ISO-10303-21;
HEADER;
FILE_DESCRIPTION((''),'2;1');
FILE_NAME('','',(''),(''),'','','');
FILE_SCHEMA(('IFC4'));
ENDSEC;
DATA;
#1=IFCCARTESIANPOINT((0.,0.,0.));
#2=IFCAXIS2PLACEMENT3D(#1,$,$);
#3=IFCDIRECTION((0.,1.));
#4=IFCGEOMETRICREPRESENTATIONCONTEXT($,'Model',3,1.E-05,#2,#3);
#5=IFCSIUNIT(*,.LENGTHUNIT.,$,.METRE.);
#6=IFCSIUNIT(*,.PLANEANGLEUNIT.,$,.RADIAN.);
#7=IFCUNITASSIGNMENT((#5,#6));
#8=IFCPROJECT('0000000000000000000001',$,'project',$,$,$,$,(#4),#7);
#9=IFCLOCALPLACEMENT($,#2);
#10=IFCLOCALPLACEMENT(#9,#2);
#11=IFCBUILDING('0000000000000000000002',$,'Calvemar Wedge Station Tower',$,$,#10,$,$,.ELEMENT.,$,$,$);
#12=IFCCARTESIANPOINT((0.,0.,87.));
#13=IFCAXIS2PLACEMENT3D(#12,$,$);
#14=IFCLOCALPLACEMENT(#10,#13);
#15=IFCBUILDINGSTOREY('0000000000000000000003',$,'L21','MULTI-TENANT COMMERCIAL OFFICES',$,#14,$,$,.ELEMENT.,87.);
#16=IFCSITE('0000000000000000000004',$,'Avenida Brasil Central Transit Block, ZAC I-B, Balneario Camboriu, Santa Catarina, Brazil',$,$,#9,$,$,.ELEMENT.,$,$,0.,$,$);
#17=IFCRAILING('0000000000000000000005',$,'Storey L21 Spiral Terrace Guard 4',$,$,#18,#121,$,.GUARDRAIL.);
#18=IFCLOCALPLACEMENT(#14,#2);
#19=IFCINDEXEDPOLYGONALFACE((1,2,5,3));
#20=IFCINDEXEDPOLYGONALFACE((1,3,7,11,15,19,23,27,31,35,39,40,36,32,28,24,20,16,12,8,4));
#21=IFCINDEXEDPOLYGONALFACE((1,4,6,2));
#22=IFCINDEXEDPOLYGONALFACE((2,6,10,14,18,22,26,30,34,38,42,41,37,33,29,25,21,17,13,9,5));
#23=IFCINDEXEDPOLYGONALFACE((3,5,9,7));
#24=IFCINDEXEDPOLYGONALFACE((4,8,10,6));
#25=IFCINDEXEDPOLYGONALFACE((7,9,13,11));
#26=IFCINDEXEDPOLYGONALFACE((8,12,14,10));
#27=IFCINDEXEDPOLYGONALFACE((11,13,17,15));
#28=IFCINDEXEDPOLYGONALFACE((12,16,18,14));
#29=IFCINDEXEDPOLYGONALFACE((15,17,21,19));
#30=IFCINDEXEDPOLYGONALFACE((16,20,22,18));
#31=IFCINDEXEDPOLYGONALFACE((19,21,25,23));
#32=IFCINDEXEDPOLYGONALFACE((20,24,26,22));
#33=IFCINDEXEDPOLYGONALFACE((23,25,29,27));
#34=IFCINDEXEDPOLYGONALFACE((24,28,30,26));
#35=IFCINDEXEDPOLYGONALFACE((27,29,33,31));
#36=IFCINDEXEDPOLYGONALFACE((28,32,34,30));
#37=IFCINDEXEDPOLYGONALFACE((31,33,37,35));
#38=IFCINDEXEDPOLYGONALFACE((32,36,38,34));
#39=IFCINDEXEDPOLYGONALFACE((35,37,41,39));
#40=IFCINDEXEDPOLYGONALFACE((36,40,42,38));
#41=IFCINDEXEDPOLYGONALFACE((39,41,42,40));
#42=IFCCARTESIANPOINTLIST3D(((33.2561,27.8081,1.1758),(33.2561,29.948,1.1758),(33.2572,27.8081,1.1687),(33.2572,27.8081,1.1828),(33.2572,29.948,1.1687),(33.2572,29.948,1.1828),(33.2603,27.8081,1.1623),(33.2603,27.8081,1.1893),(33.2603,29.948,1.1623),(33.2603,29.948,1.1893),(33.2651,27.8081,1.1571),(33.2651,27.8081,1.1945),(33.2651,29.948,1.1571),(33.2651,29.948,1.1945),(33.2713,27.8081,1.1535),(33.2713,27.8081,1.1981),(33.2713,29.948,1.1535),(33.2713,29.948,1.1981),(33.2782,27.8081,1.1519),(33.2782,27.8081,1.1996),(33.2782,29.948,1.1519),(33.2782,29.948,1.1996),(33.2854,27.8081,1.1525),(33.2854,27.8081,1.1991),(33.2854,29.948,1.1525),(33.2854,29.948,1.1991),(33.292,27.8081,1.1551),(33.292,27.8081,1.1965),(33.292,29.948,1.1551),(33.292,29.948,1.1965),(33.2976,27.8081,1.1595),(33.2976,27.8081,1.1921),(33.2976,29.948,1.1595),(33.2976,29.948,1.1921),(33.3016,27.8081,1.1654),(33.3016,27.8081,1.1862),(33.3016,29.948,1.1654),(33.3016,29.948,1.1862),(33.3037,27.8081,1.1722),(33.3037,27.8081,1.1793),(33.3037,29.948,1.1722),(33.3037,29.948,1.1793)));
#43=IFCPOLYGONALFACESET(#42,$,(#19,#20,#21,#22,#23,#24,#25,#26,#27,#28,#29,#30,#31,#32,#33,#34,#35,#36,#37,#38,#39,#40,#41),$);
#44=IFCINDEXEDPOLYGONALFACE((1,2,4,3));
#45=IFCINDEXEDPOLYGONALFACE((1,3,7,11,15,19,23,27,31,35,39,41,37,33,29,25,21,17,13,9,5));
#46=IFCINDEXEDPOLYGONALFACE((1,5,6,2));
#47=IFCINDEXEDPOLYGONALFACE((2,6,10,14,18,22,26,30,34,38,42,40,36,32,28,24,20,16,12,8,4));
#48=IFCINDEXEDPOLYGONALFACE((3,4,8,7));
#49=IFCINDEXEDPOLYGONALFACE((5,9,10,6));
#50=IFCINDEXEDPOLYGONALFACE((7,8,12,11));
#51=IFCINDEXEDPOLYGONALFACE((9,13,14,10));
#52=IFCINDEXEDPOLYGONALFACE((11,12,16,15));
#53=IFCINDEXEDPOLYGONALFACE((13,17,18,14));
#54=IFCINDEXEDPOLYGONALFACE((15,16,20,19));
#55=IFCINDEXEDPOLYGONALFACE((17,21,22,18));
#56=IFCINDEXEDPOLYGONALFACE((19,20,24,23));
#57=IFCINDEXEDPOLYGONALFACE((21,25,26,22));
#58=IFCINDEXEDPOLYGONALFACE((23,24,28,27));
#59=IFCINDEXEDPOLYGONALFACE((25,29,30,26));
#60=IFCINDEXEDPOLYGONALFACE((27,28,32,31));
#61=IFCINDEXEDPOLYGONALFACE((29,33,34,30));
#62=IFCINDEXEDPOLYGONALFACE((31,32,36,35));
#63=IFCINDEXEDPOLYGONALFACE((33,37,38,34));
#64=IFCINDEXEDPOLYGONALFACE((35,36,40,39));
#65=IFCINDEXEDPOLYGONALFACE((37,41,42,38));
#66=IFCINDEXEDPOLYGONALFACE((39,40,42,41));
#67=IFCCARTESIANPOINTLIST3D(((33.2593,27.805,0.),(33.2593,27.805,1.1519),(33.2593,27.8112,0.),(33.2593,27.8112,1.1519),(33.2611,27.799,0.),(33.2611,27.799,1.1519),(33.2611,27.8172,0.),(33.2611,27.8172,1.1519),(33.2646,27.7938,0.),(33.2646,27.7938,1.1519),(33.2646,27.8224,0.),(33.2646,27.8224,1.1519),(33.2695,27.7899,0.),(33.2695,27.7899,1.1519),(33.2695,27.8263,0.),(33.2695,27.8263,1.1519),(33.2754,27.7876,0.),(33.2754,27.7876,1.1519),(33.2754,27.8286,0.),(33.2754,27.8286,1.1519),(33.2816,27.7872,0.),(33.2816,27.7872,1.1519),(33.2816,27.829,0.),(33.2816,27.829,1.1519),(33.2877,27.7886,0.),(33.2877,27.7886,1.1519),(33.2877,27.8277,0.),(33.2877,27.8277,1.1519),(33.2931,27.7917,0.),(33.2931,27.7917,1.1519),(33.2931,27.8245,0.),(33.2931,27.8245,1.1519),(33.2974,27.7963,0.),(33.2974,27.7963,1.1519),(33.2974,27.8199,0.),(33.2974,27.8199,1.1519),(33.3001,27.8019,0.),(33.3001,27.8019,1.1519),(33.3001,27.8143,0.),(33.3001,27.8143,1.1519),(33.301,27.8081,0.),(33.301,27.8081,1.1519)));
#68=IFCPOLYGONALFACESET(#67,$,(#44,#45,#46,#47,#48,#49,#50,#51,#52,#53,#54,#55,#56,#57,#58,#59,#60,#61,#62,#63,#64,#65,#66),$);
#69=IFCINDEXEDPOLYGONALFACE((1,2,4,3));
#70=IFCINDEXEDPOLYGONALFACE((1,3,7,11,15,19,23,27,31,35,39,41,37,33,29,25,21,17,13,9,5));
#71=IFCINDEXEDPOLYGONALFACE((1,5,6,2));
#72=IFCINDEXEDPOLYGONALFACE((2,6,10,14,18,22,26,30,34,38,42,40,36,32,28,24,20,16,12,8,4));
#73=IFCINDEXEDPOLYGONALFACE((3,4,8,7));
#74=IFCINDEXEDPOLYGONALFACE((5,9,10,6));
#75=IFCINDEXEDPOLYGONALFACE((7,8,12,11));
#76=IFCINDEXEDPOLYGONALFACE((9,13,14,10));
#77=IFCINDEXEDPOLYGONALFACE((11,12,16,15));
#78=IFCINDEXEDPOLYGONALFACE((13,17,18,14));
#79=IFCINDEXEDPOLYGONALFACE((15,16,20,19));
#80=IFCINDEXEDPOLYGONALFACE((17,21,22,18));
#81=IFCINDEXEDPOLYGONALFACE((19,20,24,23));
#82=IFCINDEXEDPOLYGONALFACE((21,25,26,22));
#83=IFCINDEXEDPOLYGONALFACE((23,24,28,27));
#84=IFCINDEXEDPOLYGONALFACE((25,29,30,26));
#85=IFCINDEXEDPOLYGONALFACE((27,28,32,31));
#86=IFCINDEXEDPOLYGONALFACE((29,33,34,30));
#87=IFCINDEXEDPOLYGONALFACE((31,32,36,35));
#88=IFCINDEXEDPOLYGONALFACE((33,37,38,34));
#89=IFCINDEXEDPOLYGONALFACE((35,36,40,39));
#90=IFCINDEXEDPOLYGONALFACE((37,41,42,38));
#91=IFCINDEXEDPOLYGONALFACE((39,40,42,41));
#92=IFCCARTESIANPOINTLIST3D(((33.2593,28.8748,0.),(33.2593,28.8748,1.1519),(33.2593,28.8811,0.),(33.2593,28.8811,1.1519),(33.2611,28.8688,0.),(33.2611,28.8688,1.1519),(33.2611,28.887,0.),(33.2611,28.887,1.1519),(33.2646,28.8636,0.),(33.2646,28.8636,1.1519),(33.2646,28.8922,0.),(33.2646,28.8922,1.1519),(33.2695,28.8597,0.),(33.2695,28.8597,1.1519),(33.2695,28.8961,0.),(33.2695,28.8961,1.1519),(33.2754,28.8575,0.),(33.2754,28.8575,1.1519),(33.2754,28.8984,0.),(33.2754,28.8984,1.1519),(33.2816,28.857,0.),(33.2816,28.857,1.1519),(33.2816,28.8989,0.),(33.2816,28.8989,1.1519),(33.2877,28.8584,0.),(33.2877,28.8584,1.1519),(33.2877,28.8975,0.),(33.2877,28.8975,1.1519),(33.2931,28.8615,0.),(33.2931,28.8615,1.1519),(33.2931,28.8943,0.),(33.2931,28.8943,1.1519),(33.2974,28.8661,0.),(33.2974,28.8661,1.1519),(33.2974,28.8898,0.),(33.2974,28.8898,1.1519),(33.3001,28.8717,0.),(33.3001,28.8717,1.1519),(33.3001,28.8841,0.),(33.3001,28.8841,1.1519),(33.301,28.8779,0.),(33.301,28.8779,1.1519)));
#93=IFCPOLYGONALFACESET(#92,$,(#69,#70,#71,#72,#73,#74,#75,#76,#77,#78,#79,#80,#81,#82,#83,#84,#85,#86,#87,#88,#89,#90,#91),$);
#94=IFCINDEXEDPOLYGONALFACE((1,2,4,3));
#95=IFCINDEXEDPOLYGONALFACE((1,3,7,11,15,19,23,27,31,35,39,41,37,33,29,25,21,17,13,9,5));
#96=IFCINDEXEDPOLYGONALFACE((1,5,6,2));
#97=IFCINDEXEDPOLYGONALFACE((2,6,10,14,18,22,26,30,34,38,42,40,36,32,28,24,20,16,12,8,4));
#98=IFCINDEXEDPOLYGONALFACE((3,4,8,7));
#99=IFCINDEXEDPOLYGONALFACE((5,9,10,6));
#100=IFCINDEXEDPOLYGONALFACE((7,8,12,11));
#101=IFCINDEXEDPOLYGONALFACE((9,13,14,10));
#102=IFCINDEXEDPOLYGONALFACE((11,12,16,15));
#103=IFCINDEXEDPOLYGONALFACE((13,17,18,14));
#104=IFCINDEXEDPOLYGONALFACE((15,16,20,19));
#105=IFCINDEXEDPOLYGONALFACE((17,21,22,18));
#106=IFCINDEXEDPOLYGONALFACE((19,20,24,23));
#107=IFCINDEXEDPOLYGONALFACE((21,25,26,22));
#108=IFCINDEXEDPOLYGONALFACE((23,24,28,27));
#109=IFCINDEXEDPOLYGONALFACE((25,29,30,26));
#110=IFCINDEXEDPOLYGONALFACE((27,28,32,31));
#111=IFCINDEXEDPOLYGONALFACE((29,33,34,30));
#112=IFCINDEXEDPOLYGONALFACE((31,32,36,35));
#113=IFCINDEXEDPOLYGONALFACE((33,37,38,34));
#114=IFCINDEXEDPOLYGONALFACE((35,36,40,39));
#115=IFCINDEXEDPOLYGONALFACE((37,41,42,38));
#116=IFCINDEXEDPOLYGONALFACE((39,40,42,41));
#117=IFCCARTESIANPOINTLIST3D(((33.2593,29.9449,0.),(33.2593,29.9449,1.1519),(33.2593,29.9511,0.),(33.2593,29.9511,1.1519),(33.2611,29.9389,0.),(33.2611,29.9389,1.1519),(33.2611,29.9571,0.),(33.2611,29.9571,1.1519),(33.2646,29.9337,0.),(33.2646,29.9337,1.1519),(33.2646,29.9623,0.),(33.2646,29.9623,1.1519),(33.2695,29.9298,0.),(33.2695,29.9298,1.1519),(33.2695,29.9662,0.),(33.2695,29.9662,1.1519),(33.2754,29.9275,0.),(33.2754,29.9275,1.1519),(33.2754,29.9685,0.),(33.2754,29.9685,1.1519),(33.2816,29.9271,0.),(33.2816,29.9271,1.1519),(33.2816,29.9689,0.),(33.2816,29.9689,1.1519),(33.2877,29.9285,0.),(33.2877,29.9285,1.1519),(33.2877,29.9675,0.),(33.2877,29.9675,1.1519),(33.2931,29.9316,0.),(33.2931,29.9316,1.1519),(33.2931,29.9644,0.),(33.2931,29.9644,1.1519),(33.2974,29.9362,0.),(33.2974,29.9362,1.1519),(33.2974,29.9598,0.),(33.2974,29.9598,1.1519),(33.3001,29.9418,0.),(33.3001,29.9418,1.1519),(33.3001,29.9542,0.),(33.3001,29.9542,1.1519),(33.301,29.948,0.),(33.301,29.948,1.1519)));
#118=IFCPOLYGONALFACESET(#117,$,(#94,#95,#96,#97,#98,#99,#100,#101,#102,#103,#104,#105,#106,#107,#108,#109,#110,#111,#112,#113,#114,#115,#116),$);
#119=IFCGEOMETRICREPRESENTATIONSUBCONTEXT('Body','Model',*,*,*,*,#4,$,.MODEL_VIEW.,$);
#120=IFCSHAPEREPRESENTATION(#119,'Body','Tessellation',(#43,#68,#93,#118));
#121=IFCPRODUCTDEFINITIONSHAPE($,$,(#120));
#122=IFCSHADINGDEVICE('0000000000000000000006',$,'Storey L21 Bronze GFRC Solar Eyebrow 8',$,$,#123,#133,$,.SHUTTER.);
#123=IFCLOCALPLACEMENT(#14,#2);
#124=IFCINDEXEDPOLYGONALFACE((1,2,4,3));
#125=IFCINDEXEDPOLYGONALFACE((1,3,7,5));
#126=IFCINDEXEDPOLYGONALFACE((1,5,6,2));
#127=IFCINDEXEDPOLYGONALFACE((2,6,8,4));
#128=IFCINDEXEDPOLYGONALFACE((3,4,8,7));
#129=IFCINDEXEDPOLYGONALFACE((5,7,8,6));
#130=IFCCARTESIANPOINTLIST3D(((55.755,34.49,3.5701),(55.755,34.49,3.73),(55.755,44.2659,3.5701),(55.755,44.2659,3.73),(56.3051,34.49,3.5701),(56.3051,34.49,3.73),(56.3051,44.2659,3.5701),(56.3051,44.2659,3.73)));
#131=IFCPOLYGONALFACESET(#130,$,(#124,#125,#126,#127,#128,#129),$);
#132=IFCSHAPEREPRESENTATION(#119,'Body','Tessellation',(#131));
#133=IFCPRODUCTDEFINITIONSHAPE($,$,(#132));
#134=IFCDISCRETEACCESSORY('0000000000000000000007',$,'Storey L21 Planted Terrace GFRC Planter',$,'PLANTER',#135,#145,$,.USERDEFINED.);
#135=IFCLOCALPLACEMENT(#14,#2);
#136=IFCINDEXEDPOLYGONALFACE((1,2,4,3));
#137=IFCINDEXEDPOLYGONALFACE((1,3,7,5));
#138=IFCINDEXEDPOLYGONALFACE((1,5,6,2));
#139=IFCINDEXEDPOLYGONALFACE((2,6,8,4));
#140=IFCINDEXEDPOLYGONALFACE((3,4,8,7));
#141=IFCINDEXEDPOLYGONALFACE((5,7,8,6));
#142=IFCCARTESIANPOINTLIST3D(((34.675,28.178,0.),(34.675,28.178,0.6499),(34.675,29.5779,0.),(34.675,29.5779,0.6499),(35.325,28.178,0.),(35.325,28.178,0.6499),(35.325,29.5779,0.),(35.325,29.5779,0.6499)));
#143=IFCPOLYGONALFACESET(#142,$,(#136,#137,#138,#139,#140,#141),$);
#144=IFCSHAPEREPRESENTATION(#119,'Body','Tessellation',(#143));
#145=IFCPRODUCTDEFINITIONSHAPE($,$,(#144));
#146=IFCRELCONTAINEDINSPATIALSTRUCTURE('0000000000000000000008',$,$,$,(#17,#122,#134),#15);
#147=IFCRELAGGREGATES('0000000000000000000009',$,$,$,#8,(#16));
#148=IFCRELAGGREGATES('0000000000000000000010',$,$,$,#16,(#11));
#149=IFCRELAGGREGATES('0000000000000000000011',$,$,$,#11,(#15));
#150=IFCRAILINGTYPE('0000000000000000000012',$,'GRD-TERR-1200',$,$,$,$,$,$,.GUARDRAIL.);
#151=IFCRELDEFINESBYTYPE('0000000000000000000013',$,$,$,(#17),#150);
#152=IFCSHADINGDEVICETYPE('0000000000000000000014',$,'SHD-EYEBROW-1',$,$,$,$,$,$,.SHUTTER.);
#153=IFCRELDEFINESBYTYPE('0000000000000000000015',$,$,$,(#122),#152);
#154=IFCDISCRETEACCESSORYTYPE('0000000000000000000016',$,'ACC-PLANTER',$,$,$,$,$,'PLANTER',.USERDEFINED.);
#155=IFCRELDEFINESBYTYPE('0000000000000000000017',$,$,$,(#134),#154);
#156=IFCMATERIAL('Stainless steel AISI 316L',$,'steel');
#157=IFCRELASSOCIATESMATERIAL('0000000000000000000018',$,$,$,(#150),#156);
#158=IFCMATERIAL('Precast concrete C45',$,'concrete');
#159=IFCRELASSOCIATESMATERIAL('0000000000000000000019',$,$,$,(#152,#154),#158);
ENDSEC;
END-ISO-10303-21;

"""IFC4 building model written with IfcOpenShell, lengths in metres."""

from ifc_helpers import new_model, si_unit, direction, frame, frame_2d, origin, origin_2d, place, context, subcontext, project, spatial, rectangle, circle, extrude, source, transform, mapped, material, type_object, element, save


model = new_model("IFC4")

# Units and contexts
model_context = context("Model", 3, precision=1e-05, world=origin(), true_north=direction((0.0, 1.0)))
body_context = subcontext(model_context, "Body", "Model", "MODEL_VIEW")
ifc_project = project(units=[si_unit("LENGTHUNIT", "METRE"), si_unit("PLANEANGLEUNIT", "RADIAN")], contexts=[model_context])

# Site, building, storey
site_placement = place(None, origin())
site = spatial("IfcSite", under=ifc_project, at=site_placement, Name="Avenida Brasil Central Transit Block, ZAC I-B, Balneario Camboriu, Santa Catarina, Brazil", CompositionType="ELEMENT", RefElevation=0.0)
building_placement = place(site_placement, origin())
building = spatial("IfcBuilding", under=site, at=building_placement, Name="Calvemar Wedge Station Tower", CompositionType="ELEMENT")
storey_placement = place(building_placement, frame((0.0, 0.0, 87.0)))
storey = spatial("IfcBuildingStorey", under=building, at=storey_placement, Name="L21", Description="MULTI-TENANT COMMERCIAL OFFICES", CompositionType="ELEMENT", Elevation=87.0)

# Shared definitions
ifc_material_1 = material(Name="Precast concrete C45", Category="concrete")

# Railing
ifc_material_2 = material(Name="Stainless steel AISI 316L", Category="steel")
railing_type = type_object("IfcRailingType", Name="GRD-TERR-1200", PredefinedType="GUARDRAIL", material=ifc_material_2)
railing_1_placement = place(storey_placement, frame((33.28, 27.8081, 0.0)))
element("IfcRailing", 1, at=railing_1_placement, inside=storey, type_object=railing_type, Name="Storey L21 Spiral Terrace Guard 4", PredefinedType="GUARDRAIL", context=body_context, shape_type="SweptSolid", body=[
    extrude(circle(Radius=0.0239, at=origin_2d()), frame((0.0, 0.0, 1.1758), z_axis=(0.0, 1.0, 0.0), x_axis=(-1.0, 0.0, 0.0)), (0.0, 0.0, 1.0), 2.1399),
    extrude(circle(Radius=0.021, at=origin_2d()), origin(), (0.0, 0.0, 1.0), 1.1519),
    extrude(circle(Radius=0.021, at=origin_2d()), frame((0.0, 1.0698, 0.0)), (0.0, 0.0, 1.0), 1.1519),
    extrude(circle(Radius=0.021, at=origin_2d()), frame((0.0, 2.1399, 0.0)), (0.0, 0.0, 1.0), 1.1519),
])

# Shading device
shading_device_type = type_object("IfcShadingDeviceType", Name="SHD-EYEBROW-1", PredefinedType="SHUTTER", material=ifc_material_1)
shading_device_placement = place(storey_placement, frame((56.03, 34.49, 3.5701), z_axis=(0.0, 0.0, 1.0), x_axis=(0.0, 1.0, 0.0)))
element("IfcShadingDevice", 2, at=shading_device_placement, inside=storey, type_object=shading_device_type, Name="Storey L21 Bronze GFRC Solar Eyebrow 8", PredefinedType="SHUTTER", context=body_context, shape_type="SweptSolid", body=[
    extrude(rectangle(XDim=9.7759, YDim=0.55, at=frame_2d((4.8879, 0.0))), origin(), (0.0, 0.0, 1.0), 0.1599),
])

# Discrete accessory
discrete_accessory_type = type_object("IfcDiscreteAccessoryType", Name="ACC-PLANTER", ElementType="PLANTER", PredefinedType="USERDEFINED", material=ifc_material_1)
shared_shape_1 = source(origin(), body_context, "Body", "SweptSolid", [
    extrude(rectangle(XDim=0.6499, YDim=1.3999, at=origin_2d()), origin(), (0.0, 0.0, 1.0), 0.6499),
])
discrete_accessory_placement = place(storey_placement, frame((35.0, 28.8779, 0.0), z_axis=(0.0, 0.0, 1.0), x_axis=(1.0, 0.0, 0.0)))
element("IfcDiscreteAccessory", 3, at=discrete_accessory_placement, inside=storey, type_object=discrete_accessory_type, Name="Storey L21 Planted Terrace GFRC Planter", ObjectType="PLANTER", PredefinedType="USERDEFINED", context=body_context, shape_type="MappedRepresentation", body=[
    mapped(shared_shape_1, transform((0.0, 0.0, 0.0), scale=1.0)),
])

save(model, "model.ifc")
